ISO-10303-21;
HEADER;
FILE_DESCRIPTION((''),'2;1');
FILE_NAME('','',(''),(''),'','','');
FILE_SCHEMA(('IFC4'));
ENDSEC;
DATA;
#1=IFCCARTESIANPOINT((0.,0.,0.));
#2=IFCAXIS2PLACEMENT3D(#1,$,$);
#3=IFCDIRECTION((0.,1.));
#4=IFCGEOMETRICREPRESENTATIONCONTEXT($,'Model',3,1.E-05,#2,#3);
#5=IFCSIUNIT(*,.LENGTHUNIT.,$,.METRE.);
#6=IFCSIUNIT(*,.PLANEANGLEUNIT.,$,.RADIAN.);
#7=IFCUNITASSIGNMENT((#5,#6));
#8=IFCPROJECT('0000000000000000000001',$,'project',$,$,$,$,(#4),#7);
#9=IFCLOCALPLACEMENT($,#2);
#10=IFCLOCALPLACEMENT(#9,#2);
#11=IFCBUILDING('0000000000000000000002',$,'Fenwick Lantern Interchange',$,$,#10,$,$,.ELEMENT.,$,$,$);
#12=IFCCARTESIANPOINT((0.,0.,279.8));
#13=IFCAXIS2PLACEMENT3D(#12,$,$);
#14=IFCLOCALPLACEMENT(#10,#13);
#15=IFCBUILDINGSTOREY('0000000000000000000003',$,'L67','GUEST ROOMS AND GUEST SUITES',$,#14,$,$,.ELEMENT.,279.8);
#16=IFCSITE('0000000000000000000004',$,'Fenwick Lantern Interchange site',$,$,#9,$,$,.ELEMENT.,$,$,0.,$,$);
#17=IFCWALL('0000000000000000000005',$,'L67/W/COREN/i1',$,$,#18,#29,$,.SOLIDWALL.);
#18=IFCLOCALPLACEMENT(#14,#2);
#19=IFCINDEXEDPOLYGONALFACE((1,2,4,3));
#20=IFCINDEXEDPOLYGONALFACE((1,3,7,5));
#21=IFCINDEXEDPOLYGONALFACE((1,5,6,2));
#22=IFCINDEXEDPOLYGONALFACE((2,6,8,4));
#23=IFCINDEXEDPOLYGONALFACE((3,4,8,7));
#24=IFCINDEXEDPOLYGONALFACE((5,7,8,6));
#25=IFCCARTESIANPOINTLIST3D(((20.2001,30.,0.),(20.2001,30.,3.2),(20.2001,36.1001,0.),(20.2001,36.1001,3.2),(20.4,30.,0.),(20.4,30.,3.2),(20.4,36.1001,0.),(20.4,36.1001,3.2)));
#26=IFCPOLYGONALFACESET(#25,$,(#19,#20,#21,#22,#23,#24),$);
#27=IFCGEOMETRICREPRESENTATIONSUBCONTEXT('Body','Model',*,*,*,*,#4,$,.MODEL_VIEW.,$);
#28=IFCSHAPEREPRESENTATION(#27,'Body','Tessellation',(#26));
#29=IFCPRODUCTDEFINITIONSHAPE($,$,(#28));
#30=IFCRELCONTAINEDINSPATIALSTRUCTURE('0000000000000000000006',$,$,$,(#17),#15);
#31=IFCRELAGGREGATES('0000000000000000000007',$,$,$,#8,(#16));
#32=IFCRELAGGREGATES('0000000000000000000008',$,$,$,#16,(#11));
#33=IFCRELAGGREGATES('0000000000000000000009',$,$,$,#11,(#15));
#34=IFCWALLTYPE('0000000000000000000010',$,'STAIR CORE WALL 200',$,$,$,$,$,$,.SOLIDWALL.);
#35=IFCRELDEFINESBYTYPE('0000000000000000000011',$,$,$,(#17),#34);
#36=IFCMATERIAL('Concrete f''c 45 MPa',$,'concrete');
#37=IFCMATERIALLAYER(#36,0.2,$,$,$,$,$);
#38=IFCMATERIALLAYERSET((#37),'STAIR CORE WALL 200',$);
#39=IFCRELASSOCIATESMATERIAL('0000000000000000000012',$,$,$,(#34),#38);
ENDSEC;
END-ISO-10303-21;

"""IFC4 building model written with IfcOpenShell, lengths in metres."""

from ifc_helpers import new_model, si_unit, direction, frame, frame_2d, origin, place, context, subcontext, project, spatial, rectangle, extrude, material, layer, layer_set, type_object, element, save


model = new_model("IFC4")

# Units and contexts
model_context = context("Model", 3, precision=1e-05, world=origin(), true_north=direction((0.0, 1.0)))
body_context = subcontext(model_context, "Body", "Model", "MODEL_VIEW")
ifc_project = project(units=[si_unit("LENGTHUNIT", "METRE"), si_unit("PLANEANGLEUNIT", "RADIAN")], contexts=[model_context])

# Site, building, storey
site_placement = place(None, origin())
site = spatial("IfcSite", under=ifc_project, at=site_placement, Name="Fenwick Lantern Interchange site", CompositionType="ELEMENT", RefElevation=0.0)
building_placement = place(site_placement, origin())
building = spatial("IfcBuilding", under=site, at=building_placement, Name="Fenwick Lantern Interchange", CompositionType="ELEMENT")
storey_placement = place(building_placement, frame((0.0, 0.0, 279.8)))
storey = spatial("IfcBuildingStorey", under=building, at=storey_placement, Name="L67", Description="GUEST ROOMS AND GUEST SUITES", CompositionType="ELEMENT", Elevation=279.8)

# Wall
ifc_material_1 = material(Name="Concrete f'c 45 MPa", Category="concrete")
ifc_layer_1 = layer(ifc_material_1, 0.2)
ifc_layer_set_1 = layer_set([ifc_layer_1], Name="STAIR CORE WALL 200")
wall_type_1 = type_object("IfcWallType", Name="STAIR CORE WALL 200", PredefinedType="SOLIDWALL", material=ifc_layer_set_1)
wall_1_placement = place(storey_placement, frame((20.3, 36.1001, 0.0), z_axis=(0.0, 0.0, 1.0), x_axis=(0.0, -1.0, 0.0)))
element("IfcWall", 1, at=wall_1_placement, inside=storey, type_object=wall_type_1, Name="L67/W/COREN/i1", PredefinedType="SOLIDWALL", context=body_context, shape_type="SweptSolid", body=[
    extrude(rectangle(XDim=6.1001, YDim=0.2, at=frame_2d((3.05, 0.0))), origin(), (0.0, 0.0, 1.0), 3.2),
])

save(model, "model.ifc")
